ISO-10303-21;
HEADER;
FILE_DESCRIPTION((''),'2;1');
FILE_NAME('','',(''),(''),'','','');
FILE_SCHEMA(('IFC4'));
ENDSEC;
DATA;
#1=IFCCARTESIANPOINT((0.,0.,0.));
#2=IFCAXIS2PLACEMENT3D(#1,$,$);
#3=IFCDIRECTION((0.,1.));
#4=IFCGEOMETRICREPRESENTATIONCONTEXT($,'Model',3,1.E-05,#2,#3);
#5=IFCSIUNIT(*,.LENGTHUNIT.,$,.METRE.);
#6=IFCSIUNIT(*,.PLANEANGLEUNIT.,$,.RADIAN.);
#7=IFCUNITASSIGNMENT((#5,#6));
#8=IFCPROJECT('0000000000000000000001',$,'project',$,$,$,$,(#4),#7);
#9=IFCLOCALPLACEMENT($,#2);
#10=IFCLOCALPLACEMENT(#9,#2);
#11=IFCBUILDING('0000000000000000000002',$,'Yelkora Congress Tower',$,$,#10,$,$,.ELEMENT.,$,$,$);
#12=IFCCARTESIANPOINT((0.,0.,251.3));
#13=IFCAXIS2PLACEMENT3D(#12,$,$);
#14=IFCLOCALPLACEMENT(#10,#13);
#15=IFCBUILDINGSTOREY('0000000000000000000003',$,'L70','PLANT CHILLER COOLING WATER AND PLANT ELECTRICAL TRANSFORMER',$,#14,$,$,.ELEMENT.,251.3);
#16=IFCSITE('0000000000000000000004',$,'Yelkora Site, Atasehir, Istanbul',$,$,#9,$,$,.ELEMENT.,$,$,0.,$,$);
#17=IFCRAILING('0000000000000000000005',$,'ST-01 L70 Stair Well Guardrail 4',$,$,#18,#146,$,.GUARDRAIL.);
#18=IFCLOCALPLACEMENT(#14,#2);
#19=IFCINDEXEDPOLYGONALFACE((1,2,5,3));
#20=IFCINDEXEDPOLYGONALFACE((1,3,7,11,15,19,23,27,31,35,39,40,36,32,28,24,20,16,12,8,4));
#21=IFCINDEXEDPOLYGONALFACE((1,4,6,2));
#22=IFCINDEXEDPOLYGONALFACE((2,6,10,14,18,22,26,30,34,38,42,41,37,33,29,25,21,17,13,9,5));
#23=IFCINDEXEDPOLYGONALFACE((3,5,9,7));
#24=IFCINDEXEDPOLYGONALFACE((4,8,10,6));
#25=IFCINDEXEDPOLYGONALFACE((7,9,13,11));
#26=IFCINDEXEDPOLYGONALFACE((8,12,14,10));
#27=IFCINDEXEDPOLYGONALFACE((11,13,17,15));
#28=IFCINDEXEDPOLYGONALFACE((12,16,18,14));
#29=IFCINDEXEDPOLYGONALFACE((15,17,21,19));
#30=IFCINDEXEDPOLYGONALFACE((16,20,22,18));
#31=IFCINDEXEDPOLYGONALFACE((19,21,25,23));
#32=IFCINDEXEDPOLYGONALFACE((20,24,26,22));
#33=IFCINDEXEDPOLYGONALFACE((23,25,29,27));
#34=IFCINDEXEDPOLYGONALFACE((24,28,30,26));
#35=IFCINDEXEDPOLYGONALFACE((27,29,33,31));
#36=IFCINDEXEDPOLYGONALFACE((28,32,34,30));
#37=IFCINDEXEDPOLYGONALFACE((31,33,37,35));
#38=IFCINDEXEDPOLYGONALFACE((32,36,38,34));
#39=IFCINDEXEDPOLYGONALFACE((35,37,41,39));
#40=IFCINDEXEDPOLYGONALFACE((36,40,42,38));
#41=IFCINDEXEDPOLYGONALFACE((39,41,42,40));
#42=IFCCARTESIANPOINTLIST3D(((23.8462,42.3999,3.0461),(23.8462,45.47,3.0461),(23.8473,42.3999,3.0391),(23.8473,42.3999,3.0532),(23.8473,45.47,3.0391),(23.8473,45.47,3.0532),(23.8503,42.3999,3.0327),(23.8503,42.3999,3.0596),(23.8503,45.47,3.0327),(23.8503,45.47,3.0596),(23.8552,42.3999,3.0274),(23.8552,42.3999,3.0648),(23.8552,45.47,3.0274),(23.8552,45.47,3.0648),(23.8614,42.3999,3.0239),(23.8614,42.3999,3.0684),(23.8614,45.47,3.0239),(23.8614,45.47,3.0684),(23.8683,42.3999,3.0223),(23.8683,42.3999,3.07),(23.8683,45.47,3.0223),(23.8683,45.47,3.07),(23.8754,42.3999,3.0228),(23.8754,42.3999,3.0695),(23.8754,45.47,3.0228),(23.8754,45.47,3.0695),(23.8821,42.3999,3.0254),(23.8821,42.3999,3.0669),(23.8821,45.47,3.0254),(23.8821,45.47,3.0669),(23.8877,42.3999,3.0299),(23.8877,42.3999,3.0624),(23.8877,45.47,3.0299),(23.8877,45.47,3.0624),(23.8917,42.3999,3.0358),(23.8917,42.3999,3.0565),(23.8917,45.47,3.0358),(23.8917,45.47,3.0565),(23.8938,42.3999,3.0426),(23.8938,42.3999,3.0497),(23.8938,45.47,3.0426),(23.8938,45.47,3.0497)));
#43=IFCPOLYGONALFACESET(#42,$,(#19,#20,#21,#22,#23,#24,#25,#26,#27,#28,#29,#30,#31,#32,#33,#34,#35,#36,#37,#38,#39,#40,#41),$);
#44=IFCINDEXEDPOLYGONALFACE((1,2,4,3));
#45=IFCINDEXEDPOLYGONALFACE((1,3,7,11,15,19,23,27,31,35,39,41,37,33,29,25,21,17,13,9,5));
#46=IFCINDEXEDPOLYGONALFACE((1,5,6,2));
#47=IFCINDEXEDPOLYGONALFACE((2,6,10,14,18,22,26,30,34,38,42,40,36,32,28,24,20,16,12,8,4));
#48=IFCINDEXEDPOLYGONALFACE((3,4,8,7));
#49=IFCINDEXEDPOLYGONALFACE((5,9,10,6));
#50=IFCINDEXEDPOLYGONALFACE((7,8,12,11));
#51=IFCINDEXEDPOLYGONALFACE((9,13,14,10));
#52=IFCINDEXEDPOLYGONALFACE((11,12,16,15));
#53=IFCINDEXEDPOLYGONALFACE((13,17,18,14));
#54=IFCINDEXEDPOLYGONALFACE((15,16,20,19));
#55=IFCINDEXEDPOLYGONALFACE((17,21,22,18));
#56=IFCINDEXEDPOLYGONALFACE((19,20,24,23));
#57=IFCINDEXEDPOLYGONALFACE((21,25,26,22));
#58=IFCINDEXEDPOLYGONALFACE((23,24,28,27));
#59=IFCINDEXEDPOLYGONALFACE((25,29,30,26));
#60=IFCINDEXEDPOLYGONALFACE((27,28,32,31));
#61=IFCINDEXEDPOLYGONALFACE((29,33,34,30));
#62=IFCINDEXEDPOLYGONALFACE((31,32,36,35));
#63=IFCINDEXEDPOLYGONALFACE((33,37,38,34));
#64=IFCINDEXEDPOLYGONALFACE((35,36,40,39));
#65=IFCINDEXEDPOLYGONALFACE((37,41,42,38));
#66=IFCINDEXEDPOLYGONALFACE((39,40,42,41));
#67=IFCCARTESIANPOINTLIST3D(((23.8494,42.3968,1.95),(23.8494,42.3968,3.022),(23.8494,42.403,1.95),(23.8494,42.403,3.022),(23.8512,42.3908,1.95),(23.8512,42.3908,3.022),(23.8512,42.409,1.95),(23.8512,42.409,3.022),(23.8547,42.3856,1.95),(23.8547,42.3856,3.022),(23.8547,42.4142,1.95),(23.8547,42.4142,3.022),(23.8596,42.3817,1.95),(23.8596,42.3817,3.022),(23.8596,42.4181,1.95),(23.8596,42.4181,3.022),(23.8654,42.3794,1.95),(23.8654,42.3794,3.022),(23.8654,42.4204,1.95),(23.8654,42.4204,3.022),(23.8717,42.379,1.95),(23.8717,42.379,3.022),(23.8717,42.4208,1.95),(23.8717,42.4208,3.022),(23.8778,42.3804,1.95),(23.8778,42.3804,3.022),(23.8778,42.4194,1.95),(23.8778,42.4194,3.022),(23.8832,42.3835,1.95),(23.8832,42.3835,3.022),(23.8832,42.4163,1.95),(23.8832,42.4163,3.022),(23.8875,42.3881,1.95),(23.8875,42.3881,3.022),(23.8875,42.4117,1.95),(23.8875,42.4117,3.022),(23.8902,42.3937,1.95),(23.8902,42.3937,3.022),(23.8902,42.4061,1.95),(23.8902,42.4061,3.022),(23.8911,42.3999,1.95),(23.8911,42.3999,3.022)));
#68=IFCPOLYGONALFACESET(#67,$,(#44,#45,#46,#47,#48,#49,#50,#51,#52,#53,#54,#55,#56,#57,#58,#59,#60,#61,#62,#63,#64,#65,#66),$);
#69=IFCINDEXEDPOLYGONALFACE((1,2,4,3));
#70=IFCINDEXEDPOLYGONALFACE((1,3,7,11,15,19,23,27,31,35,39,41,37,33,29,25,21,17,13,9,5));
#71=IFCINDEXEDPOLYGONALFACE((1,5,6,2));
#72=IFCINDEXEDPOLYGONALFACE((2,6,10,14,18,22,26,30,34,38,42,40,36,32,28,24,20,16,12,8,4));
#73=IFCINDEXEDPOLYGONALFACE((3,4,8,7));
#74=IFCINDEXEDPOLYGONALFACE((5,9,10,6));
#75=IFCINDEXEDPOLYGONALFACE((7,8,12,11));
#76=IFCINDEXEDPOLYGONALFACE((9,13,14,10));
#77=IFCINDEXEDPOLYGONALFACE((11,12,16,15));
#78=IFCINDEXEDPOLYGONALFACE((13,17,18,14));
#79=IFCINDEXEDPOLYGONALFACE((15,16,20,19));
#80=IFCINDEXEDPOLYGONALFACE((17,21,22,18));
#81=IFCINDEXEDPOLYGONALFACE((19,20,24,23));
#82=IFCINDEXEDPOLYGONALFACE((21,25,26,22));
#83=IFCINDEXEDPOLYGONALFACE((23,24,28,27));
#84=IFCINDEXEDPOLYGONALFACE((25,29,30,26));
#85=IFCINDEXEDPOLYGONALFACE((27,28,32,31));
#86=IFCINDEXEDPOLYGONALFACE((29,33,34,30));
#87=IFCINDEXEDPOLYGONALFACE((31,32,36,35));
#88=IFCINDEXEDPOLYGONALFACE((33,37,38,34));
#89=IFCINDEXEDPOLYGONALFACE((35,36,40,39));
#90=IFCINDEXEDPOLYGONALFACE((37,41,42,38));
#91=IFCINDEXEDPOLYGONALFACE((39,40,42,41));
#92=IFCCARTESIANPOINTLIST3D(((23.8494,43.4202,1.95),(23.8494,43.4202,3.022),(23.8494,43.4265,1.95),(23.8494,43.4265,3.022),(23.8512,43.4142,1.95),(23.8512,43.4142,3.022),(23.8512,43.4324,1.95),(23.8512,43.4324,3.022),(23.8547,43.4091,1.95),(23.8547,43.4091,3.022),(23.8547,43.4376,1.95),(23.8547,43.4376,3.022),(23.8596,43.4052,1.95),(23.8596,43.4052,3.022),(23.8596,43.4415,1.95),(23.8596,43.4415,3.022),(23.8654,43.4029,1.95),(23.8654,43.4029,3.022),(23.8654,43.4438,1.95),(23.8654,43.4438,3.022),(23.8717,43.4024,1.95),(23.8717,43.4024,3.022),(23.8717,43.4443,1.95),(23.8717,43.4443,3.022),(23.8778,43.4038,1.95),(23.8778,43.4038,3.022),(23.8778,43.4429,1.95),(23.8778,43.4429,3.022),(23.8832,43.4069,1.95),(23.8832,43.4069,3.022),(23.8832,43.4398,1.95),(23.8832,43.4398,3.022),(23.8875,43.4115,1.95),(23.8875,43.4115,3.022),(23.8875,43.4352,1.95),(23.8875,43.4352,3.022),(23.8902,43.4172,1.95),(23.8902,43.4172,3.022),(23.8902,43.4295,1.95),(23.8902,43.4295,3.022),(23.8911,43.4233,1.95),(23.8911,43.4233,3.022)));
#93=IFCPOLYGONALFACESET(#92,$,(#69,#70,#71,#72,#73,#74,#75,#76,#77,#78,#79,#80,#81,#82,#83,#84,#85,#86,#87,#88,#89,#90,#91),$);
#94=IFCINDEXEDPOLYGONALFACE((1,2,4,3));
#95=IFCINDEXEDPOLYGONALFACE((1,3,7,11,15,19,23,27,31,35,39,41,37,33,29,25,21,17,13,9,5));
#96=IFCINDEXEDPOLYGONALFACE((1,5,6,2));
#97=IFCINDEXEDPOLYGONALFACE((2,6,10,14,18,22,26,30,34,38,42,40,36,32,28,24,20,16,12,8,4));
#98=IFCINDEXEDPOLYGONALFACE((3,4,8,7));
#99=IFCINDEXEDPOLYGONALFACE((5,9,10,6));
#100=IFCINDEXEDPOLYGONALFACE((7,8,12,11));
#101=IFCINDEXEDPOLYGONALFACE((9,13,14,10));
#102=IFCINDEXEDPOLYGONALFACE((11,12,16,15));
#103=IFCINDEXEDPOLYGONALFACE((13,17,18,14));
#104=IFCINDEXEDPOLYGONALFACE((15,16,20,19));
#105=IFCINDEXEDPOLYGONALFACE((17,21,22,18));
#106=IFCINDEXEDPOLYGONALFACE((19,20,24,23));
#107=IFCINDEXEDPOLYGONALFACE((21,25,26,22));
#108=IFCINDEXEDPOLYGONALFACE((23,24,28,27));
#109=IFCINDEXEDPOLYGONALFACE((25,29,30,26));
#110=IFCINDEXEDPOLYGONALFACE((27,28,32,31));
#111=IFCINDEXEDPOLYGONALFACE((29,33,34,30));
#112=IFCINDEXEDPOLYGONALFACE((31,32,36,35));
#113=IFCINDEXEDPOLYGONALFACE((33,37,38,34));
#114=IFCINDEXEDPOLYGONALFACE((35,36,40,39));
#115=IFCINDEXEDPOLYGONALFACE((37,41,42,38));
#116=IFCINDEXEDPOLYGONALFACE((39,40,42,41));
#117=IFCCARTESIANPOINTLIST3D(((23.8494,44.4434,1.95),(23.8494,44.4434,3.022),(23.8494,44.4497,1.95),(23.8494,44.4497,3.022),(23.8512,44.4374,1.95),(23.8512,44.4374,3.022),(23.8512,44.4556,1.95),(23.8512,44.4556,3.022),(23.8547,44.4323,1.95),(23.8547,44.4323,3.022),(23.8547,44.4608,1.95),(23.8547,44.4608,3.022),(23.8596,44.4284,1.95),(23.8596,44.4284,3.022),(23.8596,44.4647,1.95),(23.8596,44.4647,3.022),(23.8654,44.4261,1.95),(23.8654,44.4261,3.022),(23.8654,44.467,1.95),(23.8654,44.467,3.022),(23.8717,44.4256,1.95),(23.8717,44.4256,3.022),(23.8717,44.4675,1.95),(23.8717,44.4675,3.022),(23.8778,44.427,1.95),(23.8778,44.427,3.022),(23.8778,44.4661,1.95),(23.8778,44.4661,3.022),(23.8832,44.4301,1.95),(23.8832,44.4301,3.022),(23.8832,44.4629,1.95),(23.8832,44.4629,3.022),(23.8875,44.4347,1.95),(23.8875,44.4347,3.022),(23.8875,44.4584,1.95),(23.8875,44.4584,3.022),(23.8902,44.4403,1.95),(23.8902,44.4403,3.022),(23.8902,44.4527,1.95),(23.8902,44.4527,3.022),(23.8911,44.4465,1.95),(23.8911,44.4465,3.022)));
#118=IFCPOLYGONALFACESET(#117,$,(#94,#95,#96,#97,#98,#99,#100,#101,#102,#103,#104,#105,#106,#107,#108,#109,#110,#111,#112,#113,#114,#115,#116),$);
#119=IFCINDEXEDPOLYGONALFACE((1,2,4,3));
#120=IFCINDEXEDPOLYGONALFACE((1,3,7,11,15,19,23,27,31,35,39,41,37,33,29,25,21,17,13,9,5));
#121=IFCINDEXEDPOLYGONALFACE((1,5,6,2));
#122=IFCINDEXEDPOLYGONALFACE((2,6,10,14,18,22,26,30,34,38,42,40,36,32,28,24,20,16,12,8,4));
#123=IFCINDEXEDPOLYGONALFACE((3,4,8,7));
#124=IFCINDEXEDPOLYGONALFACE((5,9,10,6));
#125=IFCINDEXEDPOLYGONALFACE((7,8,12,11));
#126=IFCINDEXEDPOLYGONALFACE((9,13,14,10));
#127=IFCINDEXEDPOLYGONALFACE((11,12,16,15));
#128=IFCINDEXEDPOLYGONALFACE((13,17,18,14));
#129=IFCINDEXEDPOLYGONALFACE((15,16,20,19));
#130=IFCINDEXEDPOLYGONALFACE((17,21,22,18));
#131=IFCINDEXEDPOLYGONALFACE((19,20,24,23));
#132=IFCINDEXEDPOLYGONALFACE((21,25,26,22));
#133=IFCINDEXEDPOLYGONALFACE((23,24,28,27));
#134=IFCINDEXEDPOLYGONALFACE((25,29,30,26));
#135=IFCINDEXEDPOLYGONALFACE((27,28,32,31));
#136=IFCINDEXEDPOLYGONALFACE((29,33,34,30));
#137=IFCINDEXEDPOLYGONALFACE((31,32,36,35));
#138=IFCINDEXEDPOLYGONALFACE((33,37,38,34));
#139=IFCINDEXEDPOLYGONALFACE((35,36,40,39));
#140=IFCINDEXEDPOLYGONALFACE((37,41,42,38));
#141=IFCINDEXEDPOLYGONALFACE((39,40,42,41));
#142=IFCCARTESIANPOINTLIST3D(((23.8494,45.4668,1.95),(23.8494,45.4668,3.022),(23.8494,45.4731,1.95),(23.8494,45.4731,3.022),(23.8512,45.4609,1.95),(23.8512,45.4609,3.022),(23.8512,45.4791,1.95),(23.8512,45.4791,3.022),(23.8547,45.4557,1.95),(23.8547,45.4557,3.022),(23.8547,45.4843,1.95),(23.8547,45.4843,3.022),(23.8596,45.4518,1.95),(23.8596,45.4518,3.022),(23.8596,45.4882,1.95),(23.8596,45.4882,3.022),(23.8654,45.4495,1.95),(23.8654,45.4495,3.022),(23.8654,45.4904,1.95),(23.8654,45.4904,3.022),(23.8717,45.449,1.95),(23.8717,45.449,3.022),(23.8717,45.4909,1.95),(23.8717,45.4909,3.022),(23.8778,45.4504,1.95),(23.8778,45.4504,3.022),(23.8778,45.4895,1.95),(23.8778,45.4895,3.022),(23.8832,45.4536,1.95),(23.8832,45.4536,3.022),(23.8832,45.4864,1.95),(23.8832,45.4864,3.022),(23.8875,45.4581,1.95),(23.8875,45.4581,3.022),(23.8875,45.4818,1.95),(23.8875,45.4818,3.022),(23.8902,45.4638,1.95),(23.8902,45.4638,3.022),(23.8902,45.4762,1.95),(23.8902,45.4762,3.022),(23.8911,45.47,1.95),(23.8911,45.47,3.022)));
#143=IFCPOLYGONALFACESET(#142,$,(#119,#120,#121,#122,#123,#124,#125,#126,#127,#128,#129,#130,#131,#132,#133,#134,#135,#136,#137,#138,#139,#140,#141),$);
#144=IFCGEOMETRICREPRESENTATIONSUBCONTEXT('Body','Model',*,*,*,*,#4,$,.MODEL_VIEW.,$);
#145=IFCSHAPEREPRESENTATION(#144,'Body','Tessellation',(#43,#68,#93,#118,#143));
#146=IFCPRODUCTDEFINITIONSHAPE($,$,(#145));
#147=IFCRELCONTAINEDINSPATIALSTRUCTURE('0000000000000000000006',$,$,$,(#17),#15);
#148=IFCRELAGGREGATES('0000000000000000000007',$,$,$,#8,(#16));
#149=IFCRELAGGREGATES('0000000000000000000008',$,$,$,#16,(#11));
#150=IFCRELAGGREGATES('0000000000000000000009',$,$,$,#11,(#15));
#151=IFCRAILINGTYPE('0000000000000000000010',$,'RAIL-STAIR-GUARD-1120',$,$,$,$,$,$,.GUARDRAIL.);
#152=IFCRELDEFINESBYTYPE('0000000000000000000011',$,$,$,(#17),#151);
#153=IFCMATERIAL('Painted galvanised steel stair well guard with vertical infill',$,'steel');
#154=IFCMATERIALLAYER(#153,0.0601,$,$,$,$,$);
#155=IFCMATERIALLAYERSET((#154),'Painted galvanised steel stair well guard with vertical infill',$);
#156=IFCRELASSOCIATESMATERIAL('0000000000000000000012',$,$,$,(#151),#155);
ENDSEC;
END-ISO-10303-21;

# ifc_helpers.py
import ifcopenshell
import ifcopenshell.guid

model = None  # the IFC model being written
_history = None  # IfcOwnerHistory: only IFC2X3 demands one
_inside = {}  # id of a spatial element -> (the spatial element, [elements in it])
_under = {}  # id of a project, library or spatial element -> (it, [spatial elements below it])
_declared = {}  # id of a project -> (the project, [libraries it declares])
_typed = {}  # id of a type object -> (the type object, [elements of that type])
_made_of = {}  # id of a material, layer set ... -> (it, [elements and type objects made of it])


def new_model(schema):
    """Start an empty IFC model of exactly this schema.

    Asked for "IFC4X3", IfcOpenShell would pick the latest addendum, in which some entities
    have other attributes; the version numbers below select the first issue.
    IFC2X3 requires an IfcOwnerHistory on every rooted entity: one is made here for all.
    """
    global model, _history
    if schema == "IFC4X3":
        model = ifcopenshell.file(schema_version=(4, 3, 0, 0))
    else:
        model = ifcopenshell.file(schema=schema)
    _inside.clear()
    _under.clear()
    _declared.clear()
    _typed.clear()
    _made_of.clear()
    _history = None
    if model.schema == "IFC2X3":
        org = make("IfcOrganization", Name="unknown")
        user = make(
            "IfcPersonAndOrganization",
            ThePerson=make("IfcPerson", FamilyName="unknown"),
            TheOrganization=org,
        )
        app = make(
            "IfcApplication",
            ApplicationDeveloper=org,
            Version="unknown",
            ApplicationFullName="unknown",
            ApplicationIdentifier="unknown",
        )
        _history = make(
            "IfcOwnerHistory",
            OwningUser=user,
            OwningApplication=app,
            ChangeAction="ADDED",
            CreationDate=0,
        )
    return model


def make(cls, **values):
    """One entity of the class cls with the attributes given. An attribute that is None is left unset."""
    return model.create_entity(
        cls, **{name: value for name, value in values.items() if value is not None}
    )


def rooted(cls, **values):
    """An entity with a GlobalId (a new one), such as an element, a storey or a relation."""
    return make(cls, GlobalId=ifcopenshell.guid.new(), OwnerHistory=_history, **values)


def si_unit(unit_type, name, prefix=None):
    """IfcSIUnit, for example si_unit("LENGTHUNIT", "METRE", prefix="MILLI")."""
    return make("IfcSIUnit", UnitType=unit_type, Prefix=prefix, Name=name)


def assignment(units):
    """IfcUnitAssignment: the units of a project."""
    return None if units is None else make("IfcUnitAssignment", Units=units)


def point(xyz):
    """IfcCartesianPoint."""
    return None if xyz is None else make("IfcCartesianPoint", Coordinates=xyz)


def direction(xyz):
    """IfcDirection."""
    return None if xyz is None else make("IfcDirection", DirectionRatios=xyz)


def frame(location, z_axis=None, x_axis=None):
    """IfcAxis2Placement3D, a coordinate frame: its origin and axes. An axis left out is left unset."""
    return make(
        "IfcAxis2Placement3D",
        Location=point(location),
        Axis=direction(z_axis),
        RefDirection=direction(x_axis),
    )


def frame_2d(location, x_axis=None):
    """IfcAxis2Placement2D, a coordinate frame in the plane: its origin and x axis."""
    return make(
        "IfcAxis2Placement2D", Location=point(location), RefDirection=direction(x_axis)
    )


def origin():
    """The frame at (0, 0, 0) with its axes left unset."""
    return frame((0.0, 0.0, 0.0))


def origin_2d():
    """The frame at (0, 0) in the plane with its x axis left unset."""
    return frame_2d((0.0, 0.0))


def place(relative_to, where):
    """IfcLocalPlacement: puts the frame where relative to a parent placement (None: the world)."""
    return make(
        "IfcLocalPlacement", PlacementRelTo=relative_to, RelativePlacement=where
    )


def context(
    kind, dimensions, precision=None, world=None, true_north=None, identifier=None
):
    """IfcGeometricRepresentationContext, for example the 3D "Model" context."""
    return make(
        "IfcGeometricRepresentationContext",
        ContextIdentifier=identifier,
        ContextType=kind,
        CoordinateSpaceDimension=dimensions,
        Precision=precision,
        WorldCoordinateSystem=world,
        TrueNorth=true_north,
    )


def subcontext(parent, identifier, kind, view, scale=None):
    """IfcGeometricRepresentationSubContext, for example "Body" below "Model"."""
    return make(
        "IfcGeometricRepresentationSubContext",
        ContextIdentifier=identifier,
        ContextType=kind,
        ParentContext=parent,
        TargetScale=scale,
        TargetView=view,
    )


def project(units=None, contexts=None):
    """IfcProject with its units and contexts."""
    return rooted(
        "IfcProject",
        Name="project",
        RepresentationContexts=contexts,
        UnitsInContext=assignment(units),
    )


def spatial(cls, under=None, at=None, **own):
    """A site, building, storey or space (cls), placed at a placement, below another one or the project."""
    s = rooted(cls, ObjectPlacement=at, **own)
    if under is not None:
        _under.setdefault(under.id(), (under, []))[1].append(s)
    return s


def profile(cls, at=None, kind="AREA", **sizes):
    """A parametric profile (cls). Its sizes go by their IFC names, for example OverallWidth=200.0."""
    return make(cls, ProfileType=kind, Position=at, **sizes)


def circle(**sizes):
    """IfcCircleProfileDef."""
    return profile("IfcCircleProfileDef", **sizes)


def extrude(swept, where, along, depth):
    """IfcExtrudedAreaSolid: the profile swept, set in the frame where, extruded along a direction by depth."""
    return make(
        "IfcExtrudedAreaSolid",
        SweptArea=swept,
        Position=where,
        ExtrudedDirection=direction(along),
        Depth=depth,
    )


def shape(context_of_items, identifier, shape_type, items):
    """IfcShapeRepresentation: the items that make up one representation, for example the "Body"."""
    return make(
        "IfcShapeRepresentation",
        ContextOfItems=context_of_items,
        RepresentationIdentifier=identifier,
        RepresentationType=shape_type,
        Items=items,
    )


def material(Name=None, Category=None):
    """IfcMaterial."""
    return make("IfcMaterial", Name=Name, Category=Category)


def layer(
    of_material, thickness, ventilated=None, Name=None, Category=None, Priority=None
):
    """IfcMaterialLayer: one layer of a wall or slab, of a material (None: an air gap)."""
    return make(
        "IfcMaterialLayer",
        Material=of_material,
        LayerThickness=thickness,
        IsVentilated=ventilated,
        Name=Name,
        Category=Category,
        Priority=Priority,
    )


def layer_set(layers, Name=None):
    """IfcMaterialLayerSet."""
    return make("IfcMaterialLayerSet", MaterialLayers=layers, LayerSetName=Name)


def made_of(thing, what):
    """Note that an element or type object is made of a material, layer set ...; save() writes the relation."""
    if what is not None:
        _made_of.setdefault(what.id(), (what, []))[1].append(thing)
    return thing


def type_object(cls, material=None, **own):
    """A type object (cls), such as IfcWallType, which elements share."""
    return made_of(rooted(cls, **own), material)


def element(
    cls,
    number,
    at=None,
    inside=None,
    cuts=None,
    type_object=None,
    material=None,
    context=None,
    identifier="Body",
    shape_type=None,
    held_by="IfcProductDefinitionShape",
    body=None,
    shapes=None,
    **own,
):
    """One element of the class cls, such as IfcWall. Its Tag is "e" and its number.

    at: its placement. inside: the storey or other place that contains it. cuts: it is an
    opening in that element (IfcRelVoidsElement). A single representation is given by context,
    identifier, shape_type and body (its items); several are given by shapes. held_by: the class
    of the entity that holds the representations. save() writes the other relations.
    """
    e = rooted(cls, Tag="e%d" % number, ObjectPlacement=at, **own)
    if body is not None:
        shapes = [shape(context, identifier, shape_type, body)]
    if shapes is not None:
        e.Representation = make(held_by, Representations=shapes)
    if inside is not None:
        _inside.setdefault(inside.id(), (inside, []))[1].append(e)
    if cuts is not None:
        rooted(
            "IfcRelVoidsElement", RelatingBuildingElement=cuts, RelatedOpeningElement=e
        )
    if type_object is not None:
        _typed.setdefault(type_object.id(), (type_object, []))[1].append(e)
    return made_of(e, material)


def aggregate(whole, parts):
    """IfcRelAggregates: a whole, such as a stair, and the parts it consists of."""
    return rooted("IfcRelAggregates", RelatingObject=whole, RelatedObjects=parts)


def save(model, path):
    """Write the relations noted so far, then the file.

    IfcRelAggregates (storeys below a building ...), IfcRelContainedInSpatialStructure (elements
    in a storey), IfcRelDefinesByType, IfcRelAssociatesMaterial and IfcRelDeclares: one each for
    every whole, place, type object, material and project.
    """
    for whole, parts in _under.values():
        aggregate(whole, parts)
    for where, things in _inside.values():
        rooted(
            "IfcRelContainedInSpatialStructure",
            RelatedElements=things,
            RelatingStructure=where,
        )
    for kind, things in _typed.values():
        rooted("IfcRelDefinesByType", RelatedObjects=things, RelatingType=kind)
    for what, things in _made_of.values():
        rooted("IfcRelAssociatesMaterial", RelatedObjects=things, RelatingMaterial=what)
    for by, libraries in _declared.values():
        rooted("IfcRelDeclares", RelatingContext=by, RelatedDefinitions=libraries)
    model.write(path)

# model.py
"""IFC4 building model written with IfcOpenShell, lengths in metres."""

from ifc_helpers import new_model, si_unit, direction, frame, origin, origin_2d, place, context, subcontext, project, spatial, circle, extrude, material, layer, layer_set, type_object, element, save


model = new_model("IFC4")

# Units and contexts
model_context = context("Model", 3, precision=1e-05, world=origin(), true_north=direction((0.0, 1.0)))
body_context = subcontext(model_context, "Body", "Model", "MODEL_VIEW")
ifc_project = project(units=[si_unit("LENGTHUNIT", "METRE"), si_unit("PLANEANGLEUNIT", "RADIAN")], contexts=[model_context])

# Site, building, storey
site_placement = place(None, origin())
site = spatial("IfcSite", under=ifc_project, at=site_placement, Name="Yelkora Site, Atasehir, Istanbul", CompositionType="ELEMENT", RefElevation=0.0)
building_placement = place(site_placement, origin())
building = spatial("IfcBuilding", under=site, at=building_placement, Name="Yelkora Congress Tower", CompositionType="ELEMENT")
storey_placement = place(building_placement, frame((0.0, 0.0, 251.3)))
storey = spatial("IfcBuildingStorey", under=building, at=storey_placement, Name="L70", Description="PLANT CHILLER COOLING WATER AND PLANT ELECTRICAL TRANSFORMER", CompositionType="ELEMENT", Elevation=251.3)

# Railing
ifc_material_1 = material(Name="Painted galvanised steel stair well guard with vertical infill", Category="steel")
ifc_layer_1 = layer(ifc_material_1, 0.0601)
ifc_layer_set_1 = layer_set([ifc_layer_1], Name="Painted galvanised steel stair well guard with vertical infill")
railing_type_1 = type_object("IfcRailingType", Name="RAIL-STAIR-GUARD-1120", PredefinedType="GUARDRAIL", material=ifc_layer_set_1)
railing_1_placement = place(storey_placement, frame((23.8701, 42.3999, 1.95)))
element("IfcRailing", 1, at=railing_1_placement, inside=storey, type_object=railing_type_1, Name="ST-01 L70 Stair Well Guardrail 4", PredefinedType="GUARDRAIL", context=body_context, shape_type="SweptSolid", body=[
    extrude(circle(Radius=0.0239, at=origin_2d()), frame((0.0, 0.0, 1.0962), z_axis=(0.0, 1.0, 0.0), x_axis=(-1.0, 0.0, 0.0)), (0.0, 0.0, 1.0), 3.0701),
    extrude(circle(Radius=0.021, at=origin_2d()), origin(), (0.0, 0.0, 1.0), 1.072),
    extrude(circle(Radius=0.021, at=origin_2d()), frame((0.0, 1.0234, 0.0)), (0.0, 0.0, 1.0), 1.072),
    extrude(circle(Radius=0.021, at=origin_2d()), frame((0.0, 2.0466, 0.0)), (0.0, 0.0, 1.0), 1.072),
    extrude(circle(Radius=0.021, at=origin_2d()), frame((0.0, 3.0701, 0.0)), (0.0, 0.0, 1.0), 1.072),
])

save(model, "model.ifc")
